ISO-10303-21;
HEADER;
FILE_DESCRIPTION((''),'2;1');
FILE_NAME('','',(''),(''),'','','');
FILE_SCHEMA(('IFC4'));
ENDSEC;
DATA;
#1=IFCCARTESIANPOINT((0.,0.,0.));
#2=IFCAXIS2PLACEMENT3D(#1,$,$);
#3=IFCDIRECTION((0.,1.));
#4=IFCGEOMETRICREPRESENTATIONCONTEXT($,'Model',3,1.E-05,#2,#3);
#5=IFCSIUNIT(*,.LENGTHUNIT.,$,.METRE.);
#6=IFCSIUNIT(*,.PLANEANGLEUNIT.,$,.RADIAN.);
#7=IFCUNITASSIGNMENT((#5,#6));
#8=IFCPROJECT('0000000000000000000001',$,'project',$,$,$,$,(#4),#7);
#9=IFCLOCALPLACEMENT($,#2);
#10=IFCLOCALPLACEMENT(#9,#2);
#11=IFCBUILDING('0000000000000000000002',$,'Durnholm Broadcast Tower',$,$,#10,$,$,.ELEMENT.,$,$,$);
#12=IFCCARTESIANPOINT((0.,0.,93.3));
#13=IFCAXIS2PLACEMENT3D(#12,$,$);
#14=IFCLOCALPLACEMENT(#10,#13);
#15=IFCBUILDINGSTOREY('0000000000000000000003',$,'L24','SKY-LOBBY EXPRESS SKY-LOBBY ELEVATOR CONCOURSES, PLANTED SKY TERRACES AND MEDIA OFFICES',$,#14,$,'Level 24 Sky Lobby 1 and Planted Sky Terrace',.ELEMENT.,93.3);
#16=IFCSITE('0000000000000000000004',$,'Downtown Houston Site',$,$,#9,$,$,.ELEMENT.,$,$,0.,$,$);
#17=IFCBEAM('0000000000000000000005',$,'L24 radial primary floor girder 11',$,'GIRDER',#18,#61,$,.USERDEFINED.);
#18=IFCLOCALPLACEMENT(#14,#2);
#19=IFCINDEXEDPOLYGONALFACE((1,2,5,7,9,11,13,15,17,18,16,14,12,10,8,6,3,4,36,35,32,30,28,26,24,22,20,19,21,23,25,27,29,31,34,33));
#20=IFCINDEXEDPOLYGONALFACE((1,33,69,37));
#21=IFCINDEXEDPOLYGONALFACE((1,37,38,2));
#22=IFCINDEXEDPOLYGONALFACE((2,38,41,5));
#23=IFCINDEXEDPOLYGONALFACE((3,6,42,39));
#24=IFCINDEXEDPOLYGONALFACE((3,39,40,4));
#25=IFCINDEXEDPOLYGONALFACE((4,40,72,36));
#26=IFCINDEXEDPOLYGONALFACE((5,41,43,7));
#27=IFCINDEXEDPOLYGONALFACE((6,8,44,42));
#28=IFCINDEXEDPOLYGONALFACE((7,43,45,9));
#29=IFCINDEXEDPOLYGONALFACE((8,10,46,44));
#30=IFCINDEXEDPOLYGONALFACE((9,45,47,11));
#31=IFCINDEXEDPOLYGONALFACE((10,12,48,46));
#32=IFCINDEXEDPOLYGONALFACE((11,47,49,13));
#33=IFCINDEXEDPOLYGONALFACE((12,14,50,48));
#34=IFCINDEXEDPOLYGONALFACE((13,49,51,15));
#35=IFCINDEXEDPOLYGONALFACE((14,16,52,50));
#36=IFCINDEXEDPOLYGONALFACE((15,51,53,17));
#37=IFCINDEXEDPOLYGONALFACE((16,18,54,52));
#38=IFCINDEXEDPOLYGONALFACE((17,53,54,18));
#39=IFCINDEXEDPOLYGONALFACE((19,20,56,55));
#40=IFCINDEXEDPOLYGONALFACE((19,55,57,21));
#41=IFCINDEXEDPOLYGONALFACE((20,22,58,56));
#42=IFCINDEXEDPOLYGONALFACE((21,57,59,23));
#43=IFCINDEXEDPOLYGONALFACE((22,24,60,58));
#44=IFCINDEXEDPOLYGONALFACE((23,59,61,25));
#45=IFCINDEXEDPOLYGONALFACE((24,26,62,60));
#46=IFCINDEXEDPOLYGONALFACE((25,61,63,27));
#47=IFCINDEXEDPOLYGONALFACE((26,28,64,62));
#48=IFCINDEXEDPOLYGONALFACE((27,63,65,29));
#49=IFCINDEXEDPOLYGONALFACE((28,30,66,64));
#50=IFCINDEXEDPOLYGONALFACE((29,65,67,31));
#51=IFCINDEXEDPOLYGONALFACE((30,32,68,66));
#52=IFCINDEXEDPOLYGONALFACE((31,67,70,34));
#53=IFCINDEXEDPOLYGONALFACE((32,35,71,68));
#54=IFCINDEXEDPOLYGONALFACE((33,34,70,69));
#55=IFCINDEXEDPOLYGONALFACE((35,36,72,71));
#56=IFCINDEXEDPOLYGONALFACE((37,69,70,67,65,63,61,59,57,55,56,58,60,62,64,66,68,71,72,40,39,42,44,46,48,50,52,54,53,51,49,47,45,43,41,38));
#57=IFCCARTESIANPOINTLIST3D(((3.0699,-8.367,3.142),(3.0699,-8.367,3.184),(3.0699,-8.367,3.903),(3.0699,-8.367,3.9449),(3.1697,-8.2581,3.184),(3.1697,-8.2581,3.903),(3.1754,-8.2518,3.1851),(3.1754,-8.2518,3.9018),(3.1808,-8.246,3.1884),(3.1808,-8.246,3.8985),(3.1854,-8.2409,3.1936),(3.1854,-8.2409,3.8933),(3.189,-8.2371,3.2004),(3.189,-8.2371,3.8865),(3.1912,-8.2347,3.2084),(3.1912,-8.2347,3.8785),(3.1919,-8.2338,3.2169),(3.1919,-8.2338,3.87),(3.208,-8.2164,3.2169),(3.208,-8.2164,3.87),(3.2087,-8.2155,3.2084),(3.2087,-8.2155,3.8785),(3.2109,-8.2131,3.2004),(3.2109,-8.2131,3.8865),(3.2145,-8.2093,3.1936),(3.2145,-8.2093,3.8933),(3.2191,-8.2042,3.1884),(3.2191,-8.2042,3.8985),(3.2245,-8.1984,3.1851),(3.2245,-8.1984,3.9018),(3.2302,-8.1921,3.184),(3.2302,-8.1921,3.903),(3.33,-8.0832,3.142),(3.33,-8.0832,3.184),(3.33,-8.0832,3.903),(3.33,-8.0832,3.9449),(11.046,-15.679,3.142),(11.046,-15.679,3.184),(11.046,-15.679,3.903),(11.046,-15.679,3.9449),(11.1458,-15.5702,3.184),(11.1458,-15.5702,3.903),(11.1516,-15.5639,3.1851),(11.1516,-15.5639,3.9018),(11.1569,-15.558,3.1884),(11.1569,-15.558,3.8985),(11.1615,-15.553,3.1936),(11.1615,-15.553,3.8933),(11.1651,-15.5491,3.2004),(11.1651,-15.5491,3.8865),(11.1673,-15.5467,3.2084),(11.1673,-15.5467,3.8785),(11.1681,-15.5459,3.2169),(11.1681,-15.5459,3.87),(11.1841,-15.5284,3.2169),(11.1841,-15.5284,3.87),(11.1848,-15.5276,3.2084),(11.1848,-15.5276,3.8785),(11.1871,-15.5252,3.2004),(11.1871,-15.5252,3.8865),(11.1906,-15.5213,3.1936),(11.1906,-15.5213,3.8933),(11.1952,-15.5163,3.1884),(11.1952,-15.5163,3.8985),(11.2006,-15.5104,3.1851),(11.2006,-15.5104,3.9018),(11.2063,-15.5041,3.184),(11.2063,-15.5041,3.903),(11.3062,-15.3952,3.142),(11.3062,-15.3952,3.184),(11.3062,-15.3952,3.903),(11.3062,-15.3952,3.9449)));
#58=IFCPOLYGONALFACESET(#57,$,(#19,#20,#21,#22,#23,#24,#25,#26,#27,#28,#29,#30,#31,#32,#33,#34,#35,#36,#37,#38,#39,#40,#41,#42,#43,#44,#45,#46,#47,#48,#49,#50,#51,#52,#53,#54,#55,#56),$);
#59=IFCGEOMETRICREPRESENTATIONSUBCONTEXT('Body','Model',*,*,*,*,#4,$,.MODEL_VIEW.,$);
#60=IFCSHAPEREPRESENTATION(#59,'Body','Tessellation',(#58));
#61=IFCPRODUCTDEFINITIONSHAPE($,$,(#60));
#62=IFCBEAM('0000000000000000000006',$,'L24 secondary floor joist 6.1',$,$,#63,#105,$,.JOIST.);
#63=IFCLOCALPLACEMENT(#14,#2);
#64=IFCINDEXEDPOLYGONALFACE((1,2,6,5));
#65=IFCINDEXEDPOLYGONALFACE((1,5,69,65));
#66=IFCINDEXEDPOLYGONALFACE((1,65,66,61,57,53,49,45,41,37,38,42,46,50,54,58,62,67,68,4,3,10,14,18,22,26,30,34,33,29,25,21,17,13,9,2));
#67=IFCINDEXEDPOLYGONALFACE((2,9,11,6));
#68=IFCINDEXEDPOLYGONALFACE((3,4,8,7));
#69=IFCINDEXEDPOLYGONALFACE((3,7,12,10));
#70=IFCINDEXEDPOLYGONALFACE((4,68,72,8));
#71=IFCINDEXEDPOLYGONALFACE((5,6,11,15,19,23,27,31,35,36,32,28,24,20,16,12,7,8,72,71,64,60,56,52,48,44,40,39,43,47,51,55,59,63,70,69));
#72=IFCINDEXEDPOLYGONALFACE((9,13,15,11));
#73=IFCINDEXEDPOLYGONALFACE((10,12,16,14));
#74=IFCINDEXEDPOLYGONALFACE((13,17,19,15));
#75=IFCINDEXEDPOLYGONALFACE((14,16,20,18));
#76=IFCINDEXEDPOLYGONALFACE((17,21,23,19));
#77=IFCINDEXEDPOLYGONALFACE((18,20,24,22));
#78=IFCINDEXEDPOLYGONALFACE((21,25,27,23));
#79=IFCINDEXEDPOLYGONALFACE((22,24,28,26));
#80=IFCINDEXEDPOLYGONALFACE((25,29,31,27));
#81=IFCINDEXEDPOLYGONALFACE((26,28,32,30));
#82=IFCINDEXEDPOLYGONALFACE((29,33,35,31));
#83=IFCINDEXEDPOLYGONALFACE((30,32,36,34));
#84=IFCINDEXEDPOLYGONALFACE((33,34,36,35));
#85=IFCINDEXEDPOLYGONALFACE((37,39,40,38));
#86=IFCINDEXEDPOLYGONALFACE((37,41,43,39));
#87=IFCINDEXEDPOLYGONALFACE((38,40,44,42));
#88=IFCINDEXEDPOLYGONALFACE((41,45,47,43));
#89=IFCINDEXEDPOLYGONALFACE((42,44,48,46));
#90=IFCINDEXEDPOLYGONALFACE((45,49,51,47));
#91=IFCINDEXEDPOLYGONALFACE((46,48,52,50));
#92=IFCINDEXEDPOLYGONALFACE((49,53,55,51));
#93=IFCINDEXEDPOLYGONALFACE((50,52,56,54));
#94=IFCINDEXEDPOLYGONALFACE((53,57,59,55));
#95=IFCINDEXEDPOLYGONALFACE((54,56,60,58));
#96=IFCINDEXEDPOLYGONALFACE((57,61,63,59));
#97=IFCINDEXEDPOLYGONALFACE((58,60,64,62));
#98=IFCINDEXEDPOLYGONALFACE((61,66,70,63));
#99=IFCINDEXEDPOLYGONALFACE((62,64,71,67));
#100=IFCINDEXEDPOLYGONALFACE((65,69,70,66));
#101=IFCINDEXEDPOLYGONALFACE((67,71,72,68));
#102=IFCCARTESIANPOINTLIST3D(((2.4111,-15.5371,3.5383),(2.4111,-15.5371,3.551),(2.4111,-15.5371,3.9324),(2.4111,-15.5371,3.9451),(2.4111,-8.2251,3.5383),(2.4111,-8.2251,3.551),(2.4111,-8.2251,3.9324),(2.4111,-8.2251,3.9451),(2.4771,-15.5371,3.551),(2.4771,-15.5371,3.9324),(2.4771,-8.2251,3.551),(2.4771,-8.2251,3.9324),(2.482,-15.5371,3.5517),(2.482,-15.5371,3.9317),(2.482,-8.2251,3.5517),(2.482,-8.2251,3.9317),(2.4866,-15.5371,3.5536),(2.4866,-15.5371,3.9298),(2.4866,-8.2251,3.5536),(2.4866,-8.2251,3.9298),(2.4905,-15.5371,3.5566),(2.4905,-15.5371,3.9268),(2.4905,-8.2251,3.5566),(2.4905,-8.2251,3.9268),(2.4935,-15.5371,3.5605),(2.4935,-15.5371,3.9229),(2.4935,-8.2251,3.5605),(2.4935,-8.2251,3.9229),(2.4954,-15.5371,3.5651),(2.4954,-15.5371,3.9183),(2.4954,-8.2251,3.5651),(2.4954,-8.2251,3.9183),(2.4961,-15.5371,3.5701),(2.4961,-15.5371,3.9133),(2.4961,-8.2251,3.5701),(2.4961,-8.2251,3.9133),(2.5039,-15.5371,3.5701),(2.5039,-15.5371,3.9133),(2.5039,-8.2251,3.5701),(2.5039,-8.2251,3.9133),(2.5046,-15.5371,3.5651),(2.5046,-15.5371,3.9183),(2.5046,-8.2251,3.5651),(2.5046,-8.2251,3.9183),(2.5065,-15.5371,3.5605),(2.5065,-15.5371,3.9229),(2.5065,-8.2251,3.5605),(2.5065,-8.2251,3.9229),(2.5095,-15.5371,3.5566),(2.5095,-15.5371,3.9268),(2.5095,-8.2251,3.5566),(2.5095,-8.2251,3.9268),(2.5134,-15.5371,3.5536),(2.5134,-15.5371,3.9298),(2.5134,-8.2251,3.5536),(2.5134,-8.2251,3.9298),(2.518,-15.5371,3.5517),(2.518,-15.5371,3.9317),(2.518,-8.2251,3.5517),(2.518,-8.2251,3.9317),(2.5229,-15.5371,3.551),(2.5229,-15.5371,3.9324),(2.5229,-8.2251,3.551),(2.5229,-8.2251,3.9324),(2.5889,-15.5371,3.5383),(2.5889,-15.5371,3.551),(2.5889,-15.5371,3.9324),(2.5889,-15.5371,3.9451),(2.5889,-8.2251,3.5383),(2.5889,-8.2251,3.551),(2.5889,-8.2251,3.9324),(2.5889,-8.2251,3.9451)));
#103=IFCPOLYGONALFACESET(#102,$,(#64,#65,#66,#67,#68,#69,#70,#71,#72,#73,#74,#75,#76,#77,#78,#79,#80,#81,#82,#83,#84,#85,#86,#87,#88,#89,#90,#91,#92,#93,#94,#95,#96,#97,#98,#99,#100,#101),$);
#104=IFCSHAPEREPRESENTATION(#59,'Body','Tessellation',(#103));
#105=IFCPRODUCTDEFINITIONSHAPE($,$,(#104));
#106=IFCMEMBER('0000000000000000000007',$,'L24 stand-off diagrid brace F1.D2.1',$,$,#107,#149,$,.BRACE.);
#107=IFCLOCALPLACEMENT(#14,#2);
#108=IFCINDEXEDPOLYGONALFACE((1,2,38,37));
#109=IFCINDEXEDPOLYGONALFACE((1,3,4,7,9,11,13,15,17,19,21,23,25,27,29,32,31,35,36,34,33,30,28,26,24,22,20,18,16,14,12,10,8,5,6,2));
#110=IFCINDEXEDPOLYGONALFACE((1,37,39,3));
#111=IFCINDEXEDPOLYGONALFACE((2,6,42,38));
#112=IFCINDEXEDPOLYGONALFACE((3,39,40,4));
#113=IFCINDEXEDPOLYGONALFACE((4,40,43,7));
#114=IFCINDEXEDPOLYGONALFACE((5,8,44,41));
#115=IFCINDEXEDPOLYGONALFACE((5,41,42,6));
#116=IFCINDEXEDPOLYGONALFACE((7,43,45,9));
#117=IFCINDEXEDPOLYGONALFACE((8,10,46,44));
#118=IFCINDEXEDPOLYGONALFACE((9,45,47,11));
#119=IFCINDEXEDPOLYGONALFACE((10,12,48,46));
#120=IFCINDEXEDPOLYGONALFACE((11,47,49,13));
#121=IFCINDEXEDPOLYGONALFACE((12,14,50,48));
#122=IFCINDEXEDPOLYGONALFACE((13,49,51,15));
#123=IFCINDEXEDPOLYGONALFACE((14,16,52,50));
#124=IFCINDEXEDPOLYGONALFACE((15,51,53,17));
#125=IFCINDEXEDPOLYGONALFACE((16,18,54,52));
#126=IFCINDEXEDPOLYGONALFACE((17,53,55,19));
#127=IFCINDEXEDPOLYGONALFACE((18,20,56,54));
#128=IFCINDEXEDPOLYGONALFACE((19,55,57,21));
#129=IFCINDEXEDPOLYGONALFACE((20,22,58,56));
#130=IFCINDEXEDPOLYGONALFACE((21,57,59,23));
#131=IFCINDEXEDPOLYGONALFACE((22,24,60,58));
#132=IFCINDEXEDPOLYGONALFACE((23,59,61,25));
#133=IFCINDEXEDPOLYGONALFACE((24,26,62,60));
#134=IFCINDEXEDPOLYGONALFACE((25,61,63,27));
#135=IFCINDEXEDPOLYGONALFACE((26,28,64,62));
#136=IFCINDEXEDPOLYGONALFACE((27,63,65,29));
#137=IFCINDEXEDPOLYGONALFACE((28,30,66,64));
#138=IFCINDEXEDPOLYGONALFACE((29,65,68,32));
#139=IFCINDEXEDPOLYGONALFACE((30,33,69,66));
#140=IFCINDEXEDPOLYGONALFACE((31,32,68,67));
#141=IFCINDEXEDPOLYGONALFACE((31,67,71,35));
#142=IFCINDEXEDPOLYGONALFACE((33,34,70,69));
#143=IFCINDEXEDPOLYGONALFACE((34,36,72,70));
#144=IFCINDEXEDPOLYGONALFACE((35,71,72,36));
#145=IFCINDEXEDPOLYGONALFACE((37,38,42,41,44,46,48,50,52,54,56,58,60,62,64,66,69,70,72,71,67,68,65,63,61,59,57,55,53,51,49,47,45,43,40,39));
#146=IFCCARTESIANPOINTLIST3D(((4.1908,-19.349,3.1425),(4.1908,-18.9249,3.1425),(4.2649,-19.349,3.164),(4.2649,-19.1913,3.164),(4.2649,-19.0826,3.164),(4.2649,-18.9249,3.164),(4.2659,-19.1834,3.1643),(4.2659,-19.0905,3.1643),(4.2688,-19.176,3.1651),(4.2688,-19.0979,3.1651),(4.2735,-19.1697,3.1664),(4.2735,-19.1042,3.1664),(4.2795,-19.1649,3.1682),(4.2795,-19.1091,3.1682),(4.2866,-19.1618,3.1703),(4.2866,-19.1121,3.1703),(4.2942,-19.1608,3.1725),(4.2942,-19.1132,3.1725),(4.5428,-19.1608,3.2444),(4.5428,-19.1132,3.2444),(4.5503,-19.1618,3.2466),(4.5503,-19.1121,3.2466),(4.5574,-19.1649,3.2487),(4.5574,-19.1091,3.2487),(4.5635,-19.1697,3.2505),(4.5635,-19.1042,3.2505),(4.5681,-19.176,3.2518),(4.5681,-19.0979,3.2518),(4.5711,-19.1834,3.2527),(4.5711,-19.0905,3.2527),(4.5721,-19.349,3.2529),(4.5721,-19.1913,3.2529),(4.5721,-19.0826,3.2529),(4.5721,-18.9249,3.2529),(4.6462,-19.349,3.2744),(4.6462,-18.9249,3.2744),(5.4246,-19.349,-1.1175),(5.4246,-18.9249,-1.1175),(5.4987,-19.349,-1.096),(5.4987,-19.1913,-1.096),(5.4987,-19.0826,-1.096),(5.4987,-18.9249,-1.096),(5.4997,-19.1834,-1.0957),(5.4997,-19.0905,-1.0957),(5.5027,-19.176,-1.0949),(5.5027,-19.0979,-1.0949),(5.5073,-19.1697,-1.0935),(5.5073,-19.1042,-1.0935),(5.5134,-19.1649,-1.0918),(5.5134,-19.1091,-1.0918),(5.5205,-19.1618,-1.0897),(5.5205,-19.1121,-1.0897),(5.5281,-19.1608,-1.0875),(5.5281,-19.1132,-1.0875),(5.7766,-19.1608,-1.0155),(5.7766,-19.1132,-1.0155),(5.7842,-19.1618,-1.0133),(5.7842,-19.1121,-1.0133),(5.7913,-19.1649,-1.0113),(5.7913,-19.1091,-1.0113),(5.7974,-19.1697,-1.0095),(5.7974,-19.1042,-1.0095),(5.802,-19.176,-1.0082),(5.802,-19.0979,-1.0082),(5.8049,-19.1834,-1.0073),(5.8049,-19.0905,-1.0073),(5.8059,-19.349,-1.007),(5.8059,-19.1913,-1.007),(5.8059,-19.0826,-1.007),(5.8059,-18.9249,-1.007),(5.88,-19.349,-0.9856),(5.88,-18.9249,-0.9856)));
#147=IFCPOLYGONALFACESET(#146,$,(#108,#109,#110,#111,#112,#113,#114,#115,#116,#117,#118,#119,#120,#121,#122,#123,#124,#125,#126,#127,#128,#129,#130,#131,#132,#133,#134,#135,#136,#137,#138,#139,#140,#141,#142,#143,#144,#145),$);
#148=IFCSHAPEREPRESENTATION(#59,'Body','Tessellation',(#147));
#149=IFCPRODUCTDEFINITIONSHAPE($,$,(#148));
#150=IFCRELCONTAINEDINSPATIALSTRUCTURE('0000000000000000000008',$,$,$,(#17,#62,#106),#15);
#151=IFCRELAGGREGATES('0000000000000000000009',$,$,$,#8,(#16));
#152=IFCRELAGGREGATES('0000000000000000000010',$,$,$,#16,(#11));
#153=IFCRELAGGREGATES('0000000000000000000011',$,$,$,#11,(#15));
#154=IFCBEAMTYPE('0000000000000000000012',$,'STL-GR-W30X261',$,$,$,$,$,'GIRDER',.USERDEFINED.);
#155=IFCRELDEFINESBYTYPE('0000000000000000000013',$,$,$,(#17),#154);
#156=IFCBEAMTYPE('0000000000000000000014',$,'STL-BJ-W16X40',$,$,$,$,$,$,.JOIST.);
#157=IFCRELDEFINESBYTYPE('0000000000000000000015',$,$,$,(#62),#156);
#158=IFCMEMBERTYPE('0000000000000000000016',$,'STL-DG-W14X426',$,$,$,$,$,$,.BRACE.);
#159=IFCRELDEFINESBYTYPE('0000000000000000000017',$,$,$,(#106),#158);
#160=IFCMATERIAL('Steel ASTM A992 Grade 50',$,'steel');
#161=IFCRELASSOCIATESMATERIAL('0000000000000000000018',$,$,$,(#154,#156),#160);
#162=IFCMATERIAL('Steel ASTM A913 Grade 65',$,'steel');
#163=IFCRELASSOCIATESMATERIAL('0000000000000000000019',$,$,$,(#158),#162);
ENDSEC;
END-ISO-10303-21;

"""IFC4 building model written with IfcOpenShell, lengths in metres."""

from ifc_helpers import new_model, si_unit, direction, frame, origin, origin_2d, place, context, subcontext, project, spatial, i_section, extrude, source, transform, mapped, material, material_profile, profile_set, type_object, type_shapes, element, save


model = new_model("IFC4")

# Units and contexts
model_context = context("Model", 3, precision=1e-05, world=origin(), true_north=direction((0.0, 1.0)))
body_context = subcontext(model_context, "Body", "Model", "MODEL_VIEW")
ifc_project = project(units=[si_unit("LENGTHUNIT", "METRE"), si_unit("PLANEANGLEUNIT", "RADIAN")], contexts=[model_context])

# Site, building, storey
site_placement = place(None, origin())
site = spatial("IfcSite", under=ifc_project, at=site_placement, Name="Downtown Houston Site", CompositionType="ELEMENT", RefElevation=0.0)
building_placement = place(site_placement, origin())
building = spatial("IfcBuilding", under=site, at=building_placement, Name="Durnholm Broadcast Tower", CompositionType="ELEMENT")
storey_placement = place(building_placement, frame((0.0, 0.0, 93.3)))
storey = spatial("IfcBuildingStorey", under=building, at=storey_placement, Name="L24", Description="SKY-LOBBY EXPRESS SKY-LOBBY ELEVATOR CONCOURSES, PLANTED SKY TERRACES AND MEDIA OFFICES", LongName="Level 24 Sky Lobby 1 and Planted Sky Terrace", CompositionType="ELEMENT", Elevation=93.3)

# Beams
ifc_material_1 = material(Name="Steel ASTM A992 Grade 50", Category="steel")
ifc_material_profile_1 = material_profile(ifc_material_1, i_section(OverallWidth=0.385, OverallDepth=0.803, WebThickness=0.0237, FlangeThickness=0.042, FilletRadius=0.033, at=origin_2d()), Name="W30X261")
ifc_profile_set_1 = profile_set([ifc_material_profile_1], Name="Steel ASTM A992 Grade 50")
beam_type_1 = type_object("IfcBeamType", Name="STL-GR-W30X261", ElementType="GIRDER", PredefinedType="USERDEFINED", material=ifc_profile_set_1)
shared_shape_1 = source(origin(), body_context, "Body", "SweptSolid", [
    extrude(i_section(OverallWidth=0.385, OverallDepth=0.803, WebThickness=0.0237, FlangeThickness=0.042, FilletRadius=0.033, at=origin_2d()), origin(), (0.0, 0.0, 1.0), 10.8206),
])
beam_1_placement = place(storey_placement, frame((3.2, -8.2251, 3.5435), z_axis=(0.737126, -0.675755, 0.0), x_axis=(0.675755, 0.737126, 0.0)))
element("IfcBeam", 1, at=beam_1_placement, inside=storey, type_object=beam_type_1, Name="L24 radial primary floor girder 11", ObjectType="GIRDER", PredefinedType="USERDEFINED", context=body_context, shape_type="MappedRepresentation", body=[
    mapped(shared_shape_1, transform((0.0, 0.0, 0.0), x_axis=(1.0, 0.0, 0.0), y_axis=(0.0, 1.0, 0.0), z_axis=(0.0, 0.0, 1.0), scale=1.0)),
])
ifc_material_profile_2 = material_profile(ifc_material_1, i_section(OverallWidth=0.1777, OverallDepth=0.4067, WebThickness=0.0078, FlangeThickness=0.0127, FilletRadius=0.019, at=origin_2d()), Name="W16X40")
ifc_profile_set_2 = profile_set([ifc_material_profile_2], Name="Steel ASTM A992 Grade 50")
beam_type_2 = type_object("IfcBeamType", Name="STL-BJ-W16X40", PredefinedType="JOIST", material=ifc_profile_set_2)
shared_shape_2 = source(origin(), body_context, "Body", "SweptSolid", [
    extrude(i_section(OverallWidth=0.1777, OverallDepth=0.4067, WebThickness=0.0078, FlangeThickness=0.0127, FilletRadius=0.019, at=origin_2d()), origin(), (0.0, 0.0, 1.0), 7.312),
])
type_shapes(beam_type_2, [shared_shape_2])
beam_2_placement = place(storey_placement, frame((2.5, -15.5371, 3.7417), z_axis=(0.0, 1.0, 0.0), x_axis=(-1.0, 0.0, 0.0)))
element("IfcBeam", 2, at=beam_2_placement, inside=storey, type_object=beam_type_2, Name="L24 secondary floor joist 6.1", PredefinedType="JOIST", context=body_context, shape_type="MappedRepresentation", body=[
    mapped(shared_shape_2, transform((0.0, 0.0, 0.0), x_axis=(1.0, 0.0, 0.0), y_axis=(0.0, 1.0, 0.0), z_axis=(0.0, 0.0, 1.0), scale=1.0)),
])

# Member
ifc_material_2 = material(Name="Steel ASTM A913 Grade 65", Category="steel")
ifc_material_profile_3 = material_profile(ifc_material_2, i_section(OverallWidth=0.4241, OverallDepth=0.4741, WebThickness=0.0476, FlangeThickness=0.0771, FilletRadius=0.0305, at=origin_2d()), Name="W14X426")
ifc_profile_set_3 = profile_set([ifc_material_profile_3], Name="Steel ASTM A913 Grade 65")
member_type_1 = type_object("IfcMemberType", Name="STL-DG-W14X426", PredefinedType="BRACE", material=ifc_profile_set_3)
shared_shape_3 = source(origin(), body_context, "Body", "SweptSolid", [
    extrude(i_section(OverallWidth=0.4241, OverallDepth=0.4741, WebThickness=0.0476, FlangeThickness=0.0771, FilletRadius=0.0305, at=origin_2d()), origin(), (0.0, 0.0, 1.0), 4.4351),
])
type_shapes(member_type_1, [shared_shape_3])
for number, where, z_axis, x_axis, name in (
    (3, (5.6523, -19.137, -1.0515), (-0.278209, 0.0, 0.960521), (0.0, -1.0, 0.0), "L24 stand-off diagrid brace F1.D2.1"),
):
    element("IfcMember", number, at=place(storey_placement, frame(where, z_axis=z_axis, x_axis=x_axis)), inside=storey, type_object=member_type_1, Name=name, PredefinedType="BRACE", context=body_context, shape_type="MappedRepresentation", body=[
        mapped(shared_shape_3, transform((0.0, 0.0, 0.0), x_axis=(1.0, 0.0, 0.0), y_axis=(0.0, 1.0, 0.0), z_axis=(0.0, 0.0, 1.0), scale=1.0)),
    ])

save(model, "model.ifc")
